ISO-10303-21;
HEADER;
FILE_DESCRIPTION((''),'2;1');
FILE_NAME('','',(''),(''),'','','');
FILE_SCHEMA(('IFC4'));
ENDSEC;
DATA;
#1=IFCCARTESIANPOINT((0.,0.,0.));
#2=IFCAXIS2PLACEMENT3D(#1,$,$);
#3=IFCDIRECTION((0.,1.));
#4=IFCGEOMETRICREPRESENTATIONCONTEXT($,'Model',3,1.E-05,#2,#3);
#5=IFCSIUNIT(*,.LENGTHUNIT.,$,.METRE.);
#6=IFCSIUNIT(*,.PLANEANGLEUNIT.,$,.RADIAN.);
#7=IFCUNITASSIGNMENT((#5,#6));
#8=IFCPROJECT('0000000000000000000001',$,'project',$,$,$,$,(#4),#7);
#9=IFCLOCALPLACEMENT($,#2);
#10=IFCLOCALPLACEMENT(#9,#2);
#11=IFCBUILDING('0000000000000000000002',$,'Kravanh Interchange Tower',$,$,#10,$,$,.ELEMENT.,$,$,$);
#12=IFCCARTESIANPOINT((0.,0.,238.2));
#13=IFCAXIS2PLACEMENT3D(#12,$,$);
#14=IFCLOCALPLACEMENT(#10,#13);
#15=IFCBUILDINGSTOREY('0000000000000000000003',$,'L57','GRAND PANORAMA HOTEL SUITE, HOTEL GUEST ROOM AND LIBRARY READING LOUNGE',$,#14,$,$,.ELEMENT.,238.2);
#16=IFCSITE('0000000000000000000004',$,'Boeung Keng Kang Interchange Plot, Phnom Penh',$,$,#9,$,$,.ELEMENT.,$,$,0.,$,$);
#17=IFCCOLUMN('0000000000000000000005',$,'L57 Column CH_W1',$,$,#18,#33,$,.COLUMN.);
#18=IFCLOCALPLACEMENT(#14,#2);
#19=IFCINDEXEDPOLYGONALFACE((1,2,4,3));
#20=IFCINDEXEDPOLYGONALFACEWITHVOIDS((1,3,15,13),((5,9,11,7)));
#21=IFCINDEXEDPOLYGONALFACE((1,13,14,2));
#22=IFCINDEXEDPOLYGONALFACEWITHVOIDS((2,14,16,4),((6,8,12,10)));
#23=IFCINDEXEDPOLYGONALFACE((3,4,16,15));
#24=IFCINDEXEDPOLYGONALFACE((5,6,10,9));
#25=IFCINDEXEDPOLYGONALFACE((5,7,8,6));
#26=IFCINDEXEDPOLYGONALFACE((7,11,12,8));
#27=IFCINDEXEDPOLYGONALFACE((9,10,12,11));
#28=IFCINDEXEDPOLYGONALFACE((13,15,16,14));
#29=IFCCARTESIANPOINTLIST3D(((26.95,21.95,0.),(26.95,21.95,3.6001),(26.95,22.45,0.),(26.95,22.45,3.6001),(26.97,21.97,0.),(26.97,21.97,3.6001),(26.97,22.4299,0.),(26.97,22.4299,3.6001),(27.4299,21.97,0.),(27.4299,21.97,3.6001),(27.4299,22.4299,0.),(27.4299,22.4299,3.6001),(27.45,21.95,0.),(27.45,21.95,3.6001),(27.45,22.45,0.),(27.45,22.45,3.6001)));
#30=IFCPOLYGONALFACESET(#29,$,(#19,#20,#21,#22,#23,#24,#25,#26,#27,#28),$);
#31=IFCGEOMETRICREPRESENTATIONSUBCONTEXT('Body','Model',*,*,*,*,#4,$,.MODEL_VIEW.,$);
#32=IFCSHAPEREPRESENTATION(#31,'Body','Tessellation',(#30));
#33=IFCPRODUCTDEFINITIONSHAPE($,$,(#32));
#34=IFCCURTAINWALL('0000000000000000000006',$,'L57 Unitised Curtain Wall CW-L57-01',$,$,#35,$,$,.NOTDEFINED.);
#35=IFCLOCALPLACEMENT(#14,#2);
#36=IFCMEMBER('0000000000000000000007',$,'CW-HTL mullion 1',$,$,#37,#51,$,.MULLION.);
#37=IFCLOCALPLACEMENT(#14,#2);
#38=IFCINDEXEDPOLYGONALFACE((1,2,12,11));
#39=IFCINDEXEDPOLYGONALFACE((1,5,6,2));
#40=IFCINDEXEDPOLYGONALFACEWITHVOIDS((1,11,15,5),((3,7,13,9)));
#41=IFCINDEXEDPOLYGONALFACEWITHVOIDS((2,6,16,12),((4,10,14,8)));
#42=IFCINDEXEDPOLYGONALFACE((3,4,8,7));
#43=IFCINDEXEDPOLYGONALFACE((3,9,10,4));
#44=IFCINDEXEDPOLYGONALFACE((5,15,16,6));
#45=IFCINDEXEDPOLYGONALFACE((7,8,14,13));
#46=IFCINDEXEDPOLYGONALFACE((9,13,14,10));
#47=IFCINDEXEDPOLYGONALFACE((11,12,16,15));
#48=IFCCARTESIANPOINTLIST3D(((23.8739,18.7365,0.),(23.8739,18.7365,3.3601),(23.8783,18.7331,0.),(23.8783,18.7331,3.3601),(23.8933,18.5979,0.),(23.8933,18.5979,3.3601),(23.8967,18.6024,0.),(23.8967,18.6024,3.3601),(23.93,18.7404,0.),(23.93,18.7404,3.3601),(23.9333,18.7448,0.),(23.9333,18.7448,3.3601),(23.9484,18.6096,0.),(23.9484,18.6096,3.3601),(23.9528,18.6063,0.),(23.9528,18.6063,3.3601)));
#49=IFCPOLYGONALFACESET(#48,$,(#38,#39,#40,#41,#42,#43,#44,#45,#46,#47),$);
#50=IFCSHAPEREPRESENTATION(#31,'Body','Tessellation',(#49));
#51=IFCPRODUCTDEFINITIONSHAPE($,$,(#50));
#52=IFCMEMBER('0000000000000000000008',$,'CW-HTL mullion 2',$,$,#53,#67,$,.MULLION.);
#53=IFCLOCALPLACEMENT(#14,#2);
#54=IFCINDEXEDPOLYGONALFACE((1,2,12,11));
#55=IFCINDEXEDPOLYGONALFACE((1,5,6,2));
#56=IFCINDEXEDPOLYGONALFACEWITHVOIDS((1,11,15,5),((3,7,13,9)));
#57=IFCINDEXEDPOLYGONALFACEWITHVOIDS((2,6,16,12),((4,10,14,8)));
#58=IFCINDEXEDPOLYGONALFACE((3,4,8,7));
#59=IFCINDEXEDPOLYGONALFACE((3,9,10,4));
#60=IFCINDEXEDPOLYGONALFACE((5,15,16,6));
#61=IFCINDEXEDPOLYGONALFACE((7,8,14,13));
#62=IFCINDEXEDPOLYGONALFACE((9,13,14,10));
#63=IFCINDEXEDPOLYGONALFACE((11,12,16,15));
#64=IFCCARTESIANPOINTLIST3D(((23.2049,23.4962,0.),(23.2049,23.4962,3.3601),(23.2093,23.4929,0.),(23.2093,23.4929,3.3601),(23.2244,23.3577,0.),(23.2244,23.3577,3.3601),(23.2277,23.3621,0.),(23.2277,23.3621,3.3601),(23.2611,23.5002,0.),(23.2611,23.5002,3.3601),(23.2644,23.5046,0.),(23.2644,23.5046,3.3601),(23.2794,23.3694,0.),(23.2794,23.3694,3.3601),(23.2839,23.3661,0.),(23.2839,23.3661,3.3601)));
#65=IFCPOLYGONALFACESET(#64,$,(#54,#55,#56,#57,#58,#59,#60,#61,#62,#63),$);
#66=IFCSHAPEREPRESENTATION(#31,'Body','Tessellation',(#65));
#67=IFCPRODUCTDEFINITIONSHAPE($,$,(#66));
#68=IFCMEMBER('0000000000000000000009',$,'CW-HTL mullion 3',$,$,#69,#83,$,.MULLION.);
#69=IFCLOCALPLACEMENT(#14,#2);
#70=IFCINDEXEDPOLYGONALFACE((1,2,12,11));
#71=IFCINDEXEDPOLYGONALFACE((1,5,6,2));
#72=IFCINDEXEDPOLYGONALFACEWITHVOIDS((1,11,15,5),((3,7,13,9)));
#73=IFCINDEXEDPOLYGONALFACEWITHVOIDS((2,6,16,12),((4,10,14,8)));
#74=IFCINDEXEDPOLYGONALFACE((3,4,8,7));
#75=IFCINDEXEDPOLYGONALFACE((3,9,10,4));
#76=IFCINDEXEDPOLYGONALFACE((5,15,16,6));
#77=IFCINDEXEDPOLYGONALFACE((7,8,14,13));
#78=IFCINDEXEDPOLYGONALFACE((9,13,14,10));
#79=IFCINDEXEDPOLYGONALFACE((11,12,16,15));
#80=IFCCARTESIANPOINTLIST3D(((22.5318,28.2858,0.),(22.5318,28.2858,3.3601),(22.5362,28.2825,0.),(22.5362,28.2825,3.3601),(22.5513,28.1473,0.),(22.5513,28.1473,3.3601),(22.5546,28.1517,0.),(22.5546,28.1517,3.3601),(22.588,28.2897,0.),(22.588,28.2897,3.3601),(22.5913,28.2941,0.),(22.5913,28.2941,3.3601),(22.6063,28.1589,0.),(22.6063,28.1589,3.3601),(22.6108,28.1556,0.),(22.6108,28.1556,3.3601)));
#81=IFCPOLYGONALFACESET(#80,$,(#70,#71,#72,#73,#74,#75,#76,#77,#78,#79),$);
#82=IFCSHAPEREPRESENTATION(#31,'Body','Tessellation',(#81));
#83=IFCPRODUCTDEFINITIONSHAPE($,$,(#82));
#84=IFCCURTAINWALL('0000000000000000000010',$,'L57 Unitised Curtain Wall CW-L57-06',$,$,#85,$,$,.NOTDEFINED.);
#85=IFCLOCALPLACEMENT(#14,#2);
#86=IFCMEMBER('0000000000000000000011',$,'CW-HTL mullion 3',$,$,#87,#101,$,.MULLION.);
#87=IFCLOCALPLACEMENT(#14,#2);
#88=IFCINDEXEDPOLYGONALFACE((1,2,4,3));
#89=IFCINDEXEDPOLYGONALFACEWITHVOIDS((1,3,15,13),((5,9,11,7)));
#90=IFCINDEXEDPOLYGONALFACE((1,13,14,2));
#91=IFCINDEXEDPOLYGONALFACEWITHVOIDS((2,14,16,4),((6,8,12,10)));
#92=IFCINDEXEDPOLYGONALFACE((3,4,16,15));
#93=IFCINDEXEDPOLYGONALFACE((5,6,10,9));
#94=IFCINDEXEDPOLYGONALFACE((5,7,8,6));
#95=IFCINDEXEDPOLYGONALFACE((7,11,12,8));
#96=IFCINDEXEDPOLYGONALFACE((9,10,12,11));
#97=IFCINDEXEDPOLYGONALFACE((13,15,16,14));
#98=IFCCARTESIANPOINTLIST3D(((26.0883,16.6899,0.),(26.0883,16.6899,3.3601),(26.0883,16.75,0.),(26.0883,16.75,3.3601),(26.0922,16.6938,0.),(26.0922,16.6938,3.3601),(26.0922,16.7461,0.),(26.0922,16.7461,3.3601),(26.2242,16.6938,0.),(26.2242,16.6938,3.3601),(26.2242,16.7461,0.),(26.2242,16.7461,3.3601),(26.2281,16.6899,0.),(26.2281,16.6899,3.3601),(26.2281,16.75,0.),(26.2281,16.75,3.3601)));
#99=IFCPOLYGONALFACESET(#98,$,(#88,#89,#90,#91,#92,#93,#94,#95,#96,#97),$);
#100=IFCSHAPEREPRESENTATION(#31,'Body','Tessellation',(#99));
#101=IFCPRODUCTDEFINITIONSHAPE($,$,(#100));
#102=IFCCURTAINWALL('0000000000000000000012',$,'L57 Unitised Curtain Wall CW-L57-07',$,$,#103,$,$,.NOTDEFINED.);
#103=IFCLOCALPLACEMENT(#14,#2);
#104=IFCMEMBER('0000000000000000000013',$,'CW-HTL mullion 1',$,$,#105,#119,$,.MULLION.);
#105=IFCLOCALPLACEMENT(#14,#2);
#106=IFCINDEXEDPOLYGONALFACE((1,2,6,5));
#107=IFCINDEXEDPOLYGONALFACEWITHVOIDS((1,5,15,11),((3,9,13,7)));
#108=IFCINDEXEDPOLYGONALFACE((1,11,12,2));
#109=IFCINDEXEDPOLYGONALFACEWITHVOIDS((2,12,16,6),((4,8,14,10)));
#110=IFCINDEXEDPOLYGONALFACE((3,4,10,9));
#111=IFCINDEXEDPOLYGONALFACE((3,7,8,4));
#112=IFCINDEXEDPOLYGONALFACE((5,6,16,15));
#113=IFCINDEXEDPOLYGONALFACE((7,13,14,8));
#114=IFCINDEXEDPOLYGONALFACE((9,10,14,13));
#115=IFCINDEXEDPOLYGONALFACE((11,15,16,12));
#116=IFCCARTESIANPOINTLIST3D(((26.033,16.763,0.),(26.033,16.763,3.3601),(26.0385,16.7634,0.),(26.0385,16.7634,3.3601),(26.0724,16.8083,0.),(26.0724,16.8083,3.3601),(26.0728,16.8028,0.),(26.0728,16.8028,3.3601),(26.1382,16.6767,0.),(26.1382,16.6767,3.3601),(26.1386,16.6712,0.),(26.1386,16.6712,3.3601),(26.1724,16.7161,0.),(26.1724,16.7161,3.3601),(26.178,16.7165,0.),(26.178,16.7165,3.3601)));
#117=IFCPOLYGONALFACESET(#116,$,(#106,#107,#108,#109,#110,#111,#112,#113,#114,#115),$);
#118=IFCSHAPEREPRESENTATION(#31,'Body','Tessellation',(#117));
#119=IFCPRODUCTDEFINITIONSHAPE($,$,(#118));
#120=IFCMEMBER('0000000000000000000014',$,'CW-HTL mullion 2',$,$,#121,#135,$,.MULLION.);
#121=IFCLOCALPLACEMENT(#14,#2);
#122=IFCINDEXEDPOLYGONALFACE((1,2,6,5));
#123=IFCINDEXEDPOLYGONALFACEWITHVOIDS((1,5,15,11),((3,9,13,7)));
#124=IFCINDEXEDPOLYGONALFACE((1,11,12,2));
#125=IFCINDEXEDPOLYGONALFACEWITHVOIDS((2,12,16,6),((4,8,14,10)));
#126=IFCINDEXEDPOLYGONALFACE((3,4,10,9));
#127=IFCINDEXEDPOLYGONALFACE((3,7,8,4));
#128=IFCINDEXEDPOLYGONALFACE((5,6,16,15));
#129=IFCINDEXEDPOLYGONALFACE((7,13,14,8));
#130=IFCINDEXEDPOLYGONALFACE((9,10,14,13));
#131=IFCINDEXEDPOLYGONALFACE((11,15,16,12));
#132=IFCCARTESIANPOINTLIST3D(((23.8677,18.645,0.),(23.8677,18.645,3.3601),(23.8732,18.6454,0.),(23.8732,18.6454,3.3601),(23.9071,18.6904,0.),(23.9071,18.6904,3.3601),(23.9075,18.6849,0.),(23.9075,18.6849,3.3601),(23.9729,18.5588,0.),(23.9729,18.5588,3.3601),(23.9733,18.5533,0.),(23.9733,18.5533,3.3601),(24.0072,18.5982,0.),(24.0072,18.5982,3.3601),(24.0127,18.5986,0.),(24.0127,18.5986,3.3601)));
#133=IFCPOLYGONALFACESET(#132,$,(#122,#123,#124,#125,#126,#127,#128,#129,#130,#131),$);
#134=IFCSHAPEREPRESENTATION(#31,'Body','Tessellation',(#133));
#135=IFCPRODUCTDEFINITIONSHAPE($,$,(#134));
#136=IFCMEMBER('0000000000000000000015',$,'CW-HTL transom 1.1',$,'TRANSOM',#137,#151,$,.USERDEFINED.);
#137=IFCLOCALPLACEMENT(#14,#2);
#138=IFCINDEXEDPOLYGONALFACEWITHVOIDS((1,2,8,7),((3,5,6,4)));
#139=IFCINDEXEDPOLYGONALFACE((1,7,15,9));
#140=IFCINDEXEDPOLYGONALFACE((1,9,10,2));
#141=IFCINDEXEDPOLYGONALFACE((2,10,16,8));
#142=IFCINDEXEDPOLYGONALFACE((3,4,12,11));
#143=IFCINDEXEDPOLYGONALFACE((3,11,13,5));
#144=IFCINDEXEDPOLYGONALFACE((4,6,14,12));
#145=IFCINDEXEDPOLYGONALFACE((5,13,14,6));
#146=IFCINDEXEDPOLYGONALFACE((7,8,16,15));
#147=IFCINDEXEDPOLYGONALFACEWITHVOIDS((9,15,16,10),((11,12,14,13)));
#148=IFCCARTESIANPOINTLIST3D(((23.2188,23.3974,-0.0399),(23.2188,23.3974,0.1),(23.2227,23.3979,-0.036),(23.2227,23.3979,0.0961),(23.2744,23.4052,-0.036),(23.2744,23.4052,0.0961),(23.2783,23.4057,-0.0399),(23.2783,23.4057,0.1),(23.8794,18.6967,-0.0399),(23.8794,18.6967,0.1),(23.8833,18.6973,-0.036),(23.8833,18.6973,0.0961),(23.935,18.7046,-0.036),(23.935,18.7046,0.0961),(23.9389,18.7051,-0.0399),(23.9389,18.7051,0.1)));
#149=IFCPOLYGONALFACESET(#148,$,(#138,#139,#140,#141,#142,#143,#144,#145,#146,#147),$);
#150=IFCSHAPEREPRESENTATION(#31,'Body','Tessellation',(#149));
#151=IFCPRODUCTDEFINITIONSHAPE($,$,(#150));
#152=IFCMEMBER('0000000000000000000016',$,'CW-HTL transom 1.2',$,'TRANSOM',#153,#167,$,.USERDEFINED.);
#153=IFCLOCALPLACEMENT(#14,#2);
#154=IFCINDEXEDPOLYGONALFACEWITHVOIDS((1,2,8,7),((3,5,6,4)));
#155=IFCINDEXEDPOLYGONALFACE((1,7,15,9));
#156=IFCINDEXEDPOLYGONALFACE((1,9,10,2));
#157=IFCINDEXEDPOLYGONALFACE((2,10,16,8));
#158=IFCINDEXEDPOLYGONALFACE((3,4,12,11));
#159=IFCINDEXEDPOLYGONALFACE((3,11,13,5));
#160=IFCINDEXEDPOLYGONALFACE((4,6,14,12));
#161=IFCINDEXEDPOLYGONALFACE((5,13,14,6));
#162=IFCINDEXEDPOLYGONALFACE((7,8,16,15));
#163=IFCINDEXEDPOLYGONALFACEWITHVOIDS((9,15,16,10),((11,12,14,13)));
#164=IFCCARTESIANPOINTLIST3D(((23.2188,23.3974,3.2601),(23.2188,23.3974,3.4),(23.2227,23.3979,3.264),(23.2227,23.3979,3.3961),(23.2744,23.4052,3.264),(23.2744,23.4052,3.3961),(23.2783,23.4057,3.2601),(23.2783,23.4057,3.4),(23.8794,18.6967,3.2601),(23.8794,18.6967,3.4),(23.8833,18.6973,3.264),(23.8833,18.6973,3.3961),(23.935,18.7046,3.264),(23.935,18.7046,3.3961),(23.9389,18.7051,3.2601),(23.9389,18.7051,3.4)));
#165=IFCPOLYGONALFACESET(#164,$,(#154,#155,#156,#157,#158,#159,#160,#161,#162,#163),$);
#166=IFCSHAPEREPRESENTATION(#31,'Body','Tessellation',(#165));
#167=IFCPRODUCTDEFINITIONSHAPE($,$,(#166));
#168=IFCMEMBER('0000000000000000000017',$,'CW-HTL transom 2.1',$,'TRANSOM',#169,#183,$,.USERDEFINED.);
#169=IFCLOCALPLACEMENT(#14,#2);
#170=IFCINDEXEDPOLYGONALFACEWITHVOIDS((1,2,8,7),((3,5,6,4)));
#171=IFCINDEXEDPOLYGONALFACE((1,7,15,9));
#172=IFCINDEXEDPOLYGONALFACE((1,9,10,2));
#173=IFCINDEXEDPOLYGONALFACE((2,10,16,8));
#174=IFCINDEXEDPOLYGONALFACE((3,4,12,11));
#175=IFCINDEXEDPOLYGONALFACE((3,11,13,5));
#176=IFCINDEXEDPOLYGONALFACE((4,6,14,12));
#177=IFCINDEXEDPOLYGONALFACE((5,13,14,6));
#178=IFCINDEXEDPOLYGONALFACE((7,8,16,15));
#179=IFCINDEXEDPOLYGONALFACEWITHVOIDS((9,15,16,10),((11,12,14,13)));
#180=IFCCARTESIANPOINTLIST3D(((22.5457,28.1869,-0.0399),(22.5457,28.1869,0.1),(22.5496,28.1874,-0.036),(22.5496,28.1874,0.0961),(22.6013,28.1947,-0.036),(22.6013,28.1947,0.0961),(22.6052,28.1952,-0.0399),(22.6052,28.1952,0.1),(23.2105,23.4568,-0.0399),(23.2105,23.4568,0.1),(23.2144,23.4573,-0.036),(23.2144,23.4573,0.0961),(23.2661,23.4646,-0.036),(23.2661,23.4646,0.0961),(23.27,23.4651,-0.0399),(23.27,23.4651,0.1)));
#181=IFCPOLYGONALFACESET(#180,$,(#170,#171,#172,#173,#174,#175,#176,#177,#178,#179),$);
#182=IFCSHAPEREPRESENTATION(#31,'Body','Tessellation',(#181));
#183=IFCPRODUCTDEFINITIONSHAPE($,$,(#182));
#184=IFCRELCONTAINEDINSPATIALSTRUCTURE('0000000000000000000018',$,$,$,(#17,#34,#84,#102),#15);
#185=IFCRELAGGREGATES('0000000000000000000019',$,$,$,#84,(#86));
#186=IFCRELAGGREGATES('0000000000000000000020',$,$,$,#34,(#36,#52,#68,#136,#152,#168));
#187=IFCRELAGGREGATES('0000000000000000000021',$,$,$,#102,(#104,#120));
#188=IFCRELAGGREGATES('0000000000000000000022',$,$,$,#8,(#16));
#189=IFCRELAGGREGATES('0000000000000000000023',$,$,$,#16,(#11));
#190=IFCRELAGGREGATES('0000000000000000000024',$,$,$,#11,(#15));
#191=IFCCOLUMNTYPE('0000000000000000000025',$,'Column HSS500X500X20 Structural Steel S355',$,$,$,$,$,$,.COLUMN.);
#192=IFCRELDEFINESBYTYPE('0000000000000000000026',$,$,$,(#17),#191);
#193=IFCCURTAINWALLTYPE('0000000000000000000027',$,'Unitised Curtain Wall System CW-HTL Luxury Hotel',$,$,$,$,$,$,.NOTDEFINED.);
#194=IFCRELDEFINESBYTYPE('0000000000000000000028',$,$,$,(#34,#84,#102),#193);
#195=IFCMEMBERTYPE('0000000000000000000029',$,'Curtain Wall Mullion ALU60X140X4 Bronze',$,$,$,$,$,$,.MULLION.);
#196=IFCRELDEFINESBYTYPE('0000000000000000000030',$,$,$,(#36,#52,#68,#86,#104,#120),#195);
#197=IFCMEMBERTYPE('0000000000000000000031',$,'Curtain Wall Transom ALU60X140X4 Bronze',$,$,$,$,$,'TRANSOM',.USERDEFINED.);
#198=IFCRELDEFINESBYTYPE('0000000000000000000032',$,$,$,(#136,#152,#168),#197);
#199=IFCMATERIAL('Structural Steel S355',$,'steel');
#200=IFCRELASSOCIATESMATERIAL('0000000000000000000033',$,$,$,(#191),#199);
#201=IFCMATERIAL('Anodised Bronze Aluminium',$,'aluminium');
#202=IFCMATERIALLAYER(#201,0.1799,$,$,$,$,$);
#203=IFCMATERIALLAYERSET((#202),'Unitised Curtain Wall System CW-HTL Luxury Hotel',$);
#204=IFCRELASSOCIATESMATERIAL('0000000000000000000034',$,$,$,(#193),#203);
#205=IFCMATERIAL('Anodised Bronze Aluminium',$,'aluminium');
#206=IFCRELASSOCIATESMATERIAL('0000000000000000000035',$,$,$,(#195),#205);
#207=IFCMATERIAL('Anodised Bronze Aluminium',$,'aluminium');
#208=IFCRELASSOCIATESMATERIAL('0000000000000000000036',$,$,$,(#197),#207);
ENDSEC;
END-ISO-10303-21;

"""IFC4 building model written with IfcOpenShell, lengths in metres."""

from ifc_helpers import new_model, si_unit, direction, frame, origin, origin_2d, place, context, subcontext, project, spatial, hollow_rectangle, extrude, material, layer, layer_set, material_profile, profile_set, type_object, element, aggregate, save


model = new_model("IFC4")

# Units and contexts
model_context = context("Model", 3, precision=1e-05, world=origin(), true_north=direction((0.0, 1.0)))
body_context = subcontext(model_context, "Body", "Model", "MODEL_VIEW")
ifc_project = project(units=[si_unit("LENGTHUNIT", "METRE"), si_unit("PLANEANGLEUNIT", "RADIAN")], contexts=[model_context])

# Site, building, storey
site_placement = place(None, origin())
site = spatial("IfcSite", under=ifc_project, at=site_placement, Name="Boeung Keng Kang Interchange Plot, Phnom Penh", CompositionType="ELEMENT", RefElevation=0.0)
building_placement = place(site_placement, origin())
building = spatial("IfcBuilding", under=site, at=building_placement, Name="Kravanh Interchange Tower", CompositionType="ELEMENT")
storey_placement = place(building_placement, frame((0.0, 0.0, 238.2)))
storey = spatial("IfcBuildingStorey", under=building, at=storey_placement, Name="L57", Description="GRAND PANORAMA HOTEL SUITE, HOTEL GUEST ROOM AND LIBRARY READING LOUNGE", CompositionType="ELEMENT", Elevation=238.2)

# Column
ifc_material_1 = material(Name="Structural Steel S355", Category="steel")
ifc_material_profile_1 = material_profile(ifc_material_1, hollow_rectangle(XDim=0.5, YDim=0.5, WallThickness=0.02, at=origin_2d()), Name="HSS500X500X20")
ifc_profile_set_1 = profile_set([ifc_material_profile_1], Name="Structural Steel S355")
column_type = type_object("IfcColumnType", Name="Column HSS500X500X20 Structural Steel S355", PredefinedType="COLUMN", material=ifc_profile_set_1)
column_placement = place(storey_placement, frame((27.2, 22.2, 0.0), z_axis=(0.0, 0.0, 1.0), x_axis=(1.0, 0.0, 0.0)))
element("IfcColumn", 1, at=column_placement, inside=storey, type_object=column_type, Name="L57 Column CH_W1", PredefinedType="COLUMN", context=body_context, shape_type="SweptSolid", body=[
    extrude(hollow_rectangle(XDim=0.5, YDim=0.5, WallThickness=0.02, at=origin_2d()), origin(), (0.0, 0.0, 1.0), 3.6001),
])

# Curtain wall, members
ifc_material_2 = material(Name="Anodised Bronze Aluminium", Category="aluminium")
ifc_layer_1 = layer(ifc_material_2, 0.1799)
ifc_layer_set_1 = layer_set([ifc_layer_1], Name="Unitised Curtain Wall System CW-HTL Luxury Hotel")
curtain_wall_type = type_object("IfcCurtainWallType", Name="Unitised Curtain Wall System CW-HTL Luxury Hotel", PredefinedType="NOTDEFINED", material=ifc_layer_set_1)
curtain_wall_1_placement = place(storey_placement, origin())
curtain_wall_1 = element("IfcCurtainWall", 2, at=curtain_wall_1_placement, inside=storey, type_object=curtain_wall_type, Name="L57 Unitised Curtain Wall CW-L57-01", PredefinedType="NOTDEFINED")
ifc_material_3 = material(Name="Anodised Bronze Aluminium", Category="aluminium")
ifc_material_profile_2 = material_profile(ifc_material_3, hollow_rectangle(XDim=0.0601, YDim=0.1399, WallThickness=0.0039, at=origin_2d()), Name="ALU60X140X4")
ifc_profile_set_2 = profile_set([ifc_material_profile_2], Name="Anodised Bronze Aluminium")
member_type_1 = type_object("IfcMemberType", Name="Curtain Wall Mullion ALU60X140X4 Bronze", PredefinedType="MULLION", material=ifc_profile_set_2)
member_1_placement = place(storey_placement, frame((23.9133, 18.6714, 0.0), z_axis=(0.0, 0.0, 1.0), x_axis=(-0.990268, -0.139176, 0.0)))
member_1 = element("IfcMember", 3, at=member_1_placement, type_object=member_type_1, Name="CW-HTL mullion 1", PredefinedType="MULLION", context=body_context, shape_type="SweptSolid", body=[
    extrude(hollow_rectangle(XDim=0.0601, YDim=0.1399, WallThickness=0.0039, at=origin_2d()), origin(), (0.0, 0.0, 1.0), 3.3601),
])
member_2_placement = place(storey_placement, frame((23.2444, 23.4312, 0.0), z_axis=(0.0, 0.0, 1.0), x_axis=(-0.990268, -0.139176, 0.0)))
member_2 = element("IfcMember", 4, at=member_2_placement, type_object=member_type_1, Name="CW-HTL mullion 2", PredefinedType="MULLION", context=body_context, shape_type="SweptSolid", body=[
    extrude(hollow_rectangle(XDim=0.0601, YDim=0.1399, WallThickness=0.0039, at=origin_2d()), origin(), (0.0, 0.0, 1.0), 3.3601),
])
member_3_placement = place(storey_placement, frame((22.5713, 28.2207, 0.0), z_axis=(0.0, 0.0, 1.0), x_axis=(-0.990268, -0.139176, 0.0)))
member_3 = element("IfcMember", 5, at=member_3_placement, type_object=member_type_1, Name="CW-HTL mullion 3", PredefinedType="MULLION", context=body_context, shape_type="SweptSolid", body=[
    extrude(hollow_rectangle(XDim=0.0601, YDim=0.1399, WallThickness=0.0039, at=origin_2d()), origin(), (0.0, 0.0, 1.0), 3.3601),
])

# Curtain wall, member
curtain_wall_2_placement = place(storey_placement, origin())
curtain_wall_2 = element("IfcCurtainWall", 6, at=curtain_wall_2_placement, inside=storey, type_object=curtain_wall_type, Name="L57 Unitised Curtain Wall CW-L57-06", PredefinedType="NOTDEFINED")
member_4_placement = place(storey_placement, frame((26.1582, 16.72, 0.0), z_axis=(0.0, 0.0, 1.0), x_axis=(0.0, -1.0, 0.0)))
member_4 = element("IfcMember", 7, at=member_4_placement, type_object=member_type_1, Name="CW-HTL mullion 3", PredefinedType="MULLION", context=body_context, shape_type="SweptSolid", body=[
    extrude(hollow_rectangle(XDim=0.0601, YDim=0.1399, WallThickness=0.0039, at=origin_2d()), origin(), (0.0, 0.0, 1.0), 3.3601),
])
aggregate(curtain_wall_2, [member_4])

# Curtain wall, members
curtain_wall_3_placement = place(storey_placement, origin())
curtain_wall_3 = element("IfcCurtainWall", 8, at=curtain_wall_3_placement, inside=storey, type_object=curtain_wall_type, Name="L57 Unitised Curtain Wall CW-L57-07", PredefinedType="NOTDEFINED")
member_5_placement = place(storey_placement, frame((26.1055, 16.7397, 0.0), z_axis=(0.0, 0.0, 1.0), x_axis=(-0.656033, -0.754732, 0.0)))
member_5 = element("IfcMember", 9, at=member_5_placement, type_object=member_type_1, Name="CW-HTL mullion 1", PredefinedType="MULLION", context=body_context, shape_type="SweptSolid", body=[
    extrude(hollow_rectangle(XDim=0.0601, YDim=0.1399, WallThickness=0.0039, at=origin_2d()), origin(), (0.0, 0.0, 1.0), 3.3601),
])
member_6_placement = place(storey_placement, frame((23.9402, 18.6218, 0.0), z_axis=(0.0, 0.0, 1.0), x_axis=(-0.656033, -0.754732, 0.0)))
member_6 = element("IfcMember", 10, at=member_6_placement, type_object=member_type_1, Name="CW-HTL mullion 2", PredefinedType="MULLION", context=body_context, shape_type="SweptSolid", body=[
    extrude(hollow_rectangle(XDim=0.0601, YDim=0.1399, WallThickness=0.0039, at=origin_2d()), origin(), (0.0, 0.0, 1.0), 3.3601),
])

# Members
ifc_material_4 = material(Name="Anodised Bronze Aluminium", Category="aluminium")
ifc_material_profile_3 = material_profile(ifc_material_4, hollow_rectangle(XDim=0.0601, YDim=0.1399, WallThickness=0.0039, at=origin_2d()), Name="ALU60X140X4")
ifc_profile_set_3 = profile_set([ifc_material_profile_3], Name="Anodised Bronze Aluminium")
member_type_2 = type_object("IfcMemberType", Name="Curtain Wall Transom ALU60X140X4 Bronze", ElementType="TRANSOM", PredefinedType="USERDEFINED", material=ifc_profile_set_3)
member_7_placement = place(storey_placement, frame((23.9092, 18.7009, 0.03), z_axis=(-0.139174, 0.990268, 0.0), x_axis=(-0.990268, -0.139174, 0.0)))
member_7 = element("IfcMember", 11, at=member_7_placement, type_object=member_type_2, Name="CW-HTL transom 1.1", ObjectType="TRANSOM", PredefinedType="USERDEFINED", context=body_context, shape_type="SweptSolid", body=[
    extrude(hollow_rectangle(XDim=0.0601, YDim=0.1399, WallThickness=0.0039, at=origin_2d()), origin(), (0.0, 0.0, 1.0), 4.7468),
])
member_8_placement = place(storey_placement, frame((23.9092, 18.7009, 3.3301), z_axis=(-0.139174, 0.990268, 0.0), x_axis=(-0.990268, -0.139174, 0.0)))
member_8 = element("IfcMember", 12, at=member_8_placement, type_object=member_type_2, Name="CW-HTL transom 1.2", ObjectType="TRANSOM", PredefinedType="USERDEFINED", context=body_context, shape_type="SweptSolid", body=[
    extrude(hollow_rectangle(XDim=0.0601, YDim=0.1399, WallThickness=0.0039, at=origin_2d()), origin(), (0.0, 0.0, 1.0), 4.7468),
])
member_9_placement = place(storey_placement, frame((23.2402, 23.4609, 0.03), z_axis=(-0.139174, 0.990268, 0.0), x_axis=(-0.990268, -0.139174, 0.0)))
member_9 = element("IfcMember", 13, at=member_9_placement, type_object=member_type_2, Name="CW-HTL transom 2.1", ObjectType="TRANSOM", PredefinedType="USERDEFINED", context=body_context, shape_type="SweptSolid", body=[
    extrude(hollow_rectangle(XDim=0.0601, YDim=0.1399, WallThickness=0.0039, at=origin_2d()), origin(), (0.0, 0.0, 1.0), 4.7766),
])

aggregate(curtain_wall_1, [member_1, member_2, member_3, member_7, member_8, member_9])
aggregate(curtain_wall_3, [member_5, member_6])

save(model, "model.ifc")
